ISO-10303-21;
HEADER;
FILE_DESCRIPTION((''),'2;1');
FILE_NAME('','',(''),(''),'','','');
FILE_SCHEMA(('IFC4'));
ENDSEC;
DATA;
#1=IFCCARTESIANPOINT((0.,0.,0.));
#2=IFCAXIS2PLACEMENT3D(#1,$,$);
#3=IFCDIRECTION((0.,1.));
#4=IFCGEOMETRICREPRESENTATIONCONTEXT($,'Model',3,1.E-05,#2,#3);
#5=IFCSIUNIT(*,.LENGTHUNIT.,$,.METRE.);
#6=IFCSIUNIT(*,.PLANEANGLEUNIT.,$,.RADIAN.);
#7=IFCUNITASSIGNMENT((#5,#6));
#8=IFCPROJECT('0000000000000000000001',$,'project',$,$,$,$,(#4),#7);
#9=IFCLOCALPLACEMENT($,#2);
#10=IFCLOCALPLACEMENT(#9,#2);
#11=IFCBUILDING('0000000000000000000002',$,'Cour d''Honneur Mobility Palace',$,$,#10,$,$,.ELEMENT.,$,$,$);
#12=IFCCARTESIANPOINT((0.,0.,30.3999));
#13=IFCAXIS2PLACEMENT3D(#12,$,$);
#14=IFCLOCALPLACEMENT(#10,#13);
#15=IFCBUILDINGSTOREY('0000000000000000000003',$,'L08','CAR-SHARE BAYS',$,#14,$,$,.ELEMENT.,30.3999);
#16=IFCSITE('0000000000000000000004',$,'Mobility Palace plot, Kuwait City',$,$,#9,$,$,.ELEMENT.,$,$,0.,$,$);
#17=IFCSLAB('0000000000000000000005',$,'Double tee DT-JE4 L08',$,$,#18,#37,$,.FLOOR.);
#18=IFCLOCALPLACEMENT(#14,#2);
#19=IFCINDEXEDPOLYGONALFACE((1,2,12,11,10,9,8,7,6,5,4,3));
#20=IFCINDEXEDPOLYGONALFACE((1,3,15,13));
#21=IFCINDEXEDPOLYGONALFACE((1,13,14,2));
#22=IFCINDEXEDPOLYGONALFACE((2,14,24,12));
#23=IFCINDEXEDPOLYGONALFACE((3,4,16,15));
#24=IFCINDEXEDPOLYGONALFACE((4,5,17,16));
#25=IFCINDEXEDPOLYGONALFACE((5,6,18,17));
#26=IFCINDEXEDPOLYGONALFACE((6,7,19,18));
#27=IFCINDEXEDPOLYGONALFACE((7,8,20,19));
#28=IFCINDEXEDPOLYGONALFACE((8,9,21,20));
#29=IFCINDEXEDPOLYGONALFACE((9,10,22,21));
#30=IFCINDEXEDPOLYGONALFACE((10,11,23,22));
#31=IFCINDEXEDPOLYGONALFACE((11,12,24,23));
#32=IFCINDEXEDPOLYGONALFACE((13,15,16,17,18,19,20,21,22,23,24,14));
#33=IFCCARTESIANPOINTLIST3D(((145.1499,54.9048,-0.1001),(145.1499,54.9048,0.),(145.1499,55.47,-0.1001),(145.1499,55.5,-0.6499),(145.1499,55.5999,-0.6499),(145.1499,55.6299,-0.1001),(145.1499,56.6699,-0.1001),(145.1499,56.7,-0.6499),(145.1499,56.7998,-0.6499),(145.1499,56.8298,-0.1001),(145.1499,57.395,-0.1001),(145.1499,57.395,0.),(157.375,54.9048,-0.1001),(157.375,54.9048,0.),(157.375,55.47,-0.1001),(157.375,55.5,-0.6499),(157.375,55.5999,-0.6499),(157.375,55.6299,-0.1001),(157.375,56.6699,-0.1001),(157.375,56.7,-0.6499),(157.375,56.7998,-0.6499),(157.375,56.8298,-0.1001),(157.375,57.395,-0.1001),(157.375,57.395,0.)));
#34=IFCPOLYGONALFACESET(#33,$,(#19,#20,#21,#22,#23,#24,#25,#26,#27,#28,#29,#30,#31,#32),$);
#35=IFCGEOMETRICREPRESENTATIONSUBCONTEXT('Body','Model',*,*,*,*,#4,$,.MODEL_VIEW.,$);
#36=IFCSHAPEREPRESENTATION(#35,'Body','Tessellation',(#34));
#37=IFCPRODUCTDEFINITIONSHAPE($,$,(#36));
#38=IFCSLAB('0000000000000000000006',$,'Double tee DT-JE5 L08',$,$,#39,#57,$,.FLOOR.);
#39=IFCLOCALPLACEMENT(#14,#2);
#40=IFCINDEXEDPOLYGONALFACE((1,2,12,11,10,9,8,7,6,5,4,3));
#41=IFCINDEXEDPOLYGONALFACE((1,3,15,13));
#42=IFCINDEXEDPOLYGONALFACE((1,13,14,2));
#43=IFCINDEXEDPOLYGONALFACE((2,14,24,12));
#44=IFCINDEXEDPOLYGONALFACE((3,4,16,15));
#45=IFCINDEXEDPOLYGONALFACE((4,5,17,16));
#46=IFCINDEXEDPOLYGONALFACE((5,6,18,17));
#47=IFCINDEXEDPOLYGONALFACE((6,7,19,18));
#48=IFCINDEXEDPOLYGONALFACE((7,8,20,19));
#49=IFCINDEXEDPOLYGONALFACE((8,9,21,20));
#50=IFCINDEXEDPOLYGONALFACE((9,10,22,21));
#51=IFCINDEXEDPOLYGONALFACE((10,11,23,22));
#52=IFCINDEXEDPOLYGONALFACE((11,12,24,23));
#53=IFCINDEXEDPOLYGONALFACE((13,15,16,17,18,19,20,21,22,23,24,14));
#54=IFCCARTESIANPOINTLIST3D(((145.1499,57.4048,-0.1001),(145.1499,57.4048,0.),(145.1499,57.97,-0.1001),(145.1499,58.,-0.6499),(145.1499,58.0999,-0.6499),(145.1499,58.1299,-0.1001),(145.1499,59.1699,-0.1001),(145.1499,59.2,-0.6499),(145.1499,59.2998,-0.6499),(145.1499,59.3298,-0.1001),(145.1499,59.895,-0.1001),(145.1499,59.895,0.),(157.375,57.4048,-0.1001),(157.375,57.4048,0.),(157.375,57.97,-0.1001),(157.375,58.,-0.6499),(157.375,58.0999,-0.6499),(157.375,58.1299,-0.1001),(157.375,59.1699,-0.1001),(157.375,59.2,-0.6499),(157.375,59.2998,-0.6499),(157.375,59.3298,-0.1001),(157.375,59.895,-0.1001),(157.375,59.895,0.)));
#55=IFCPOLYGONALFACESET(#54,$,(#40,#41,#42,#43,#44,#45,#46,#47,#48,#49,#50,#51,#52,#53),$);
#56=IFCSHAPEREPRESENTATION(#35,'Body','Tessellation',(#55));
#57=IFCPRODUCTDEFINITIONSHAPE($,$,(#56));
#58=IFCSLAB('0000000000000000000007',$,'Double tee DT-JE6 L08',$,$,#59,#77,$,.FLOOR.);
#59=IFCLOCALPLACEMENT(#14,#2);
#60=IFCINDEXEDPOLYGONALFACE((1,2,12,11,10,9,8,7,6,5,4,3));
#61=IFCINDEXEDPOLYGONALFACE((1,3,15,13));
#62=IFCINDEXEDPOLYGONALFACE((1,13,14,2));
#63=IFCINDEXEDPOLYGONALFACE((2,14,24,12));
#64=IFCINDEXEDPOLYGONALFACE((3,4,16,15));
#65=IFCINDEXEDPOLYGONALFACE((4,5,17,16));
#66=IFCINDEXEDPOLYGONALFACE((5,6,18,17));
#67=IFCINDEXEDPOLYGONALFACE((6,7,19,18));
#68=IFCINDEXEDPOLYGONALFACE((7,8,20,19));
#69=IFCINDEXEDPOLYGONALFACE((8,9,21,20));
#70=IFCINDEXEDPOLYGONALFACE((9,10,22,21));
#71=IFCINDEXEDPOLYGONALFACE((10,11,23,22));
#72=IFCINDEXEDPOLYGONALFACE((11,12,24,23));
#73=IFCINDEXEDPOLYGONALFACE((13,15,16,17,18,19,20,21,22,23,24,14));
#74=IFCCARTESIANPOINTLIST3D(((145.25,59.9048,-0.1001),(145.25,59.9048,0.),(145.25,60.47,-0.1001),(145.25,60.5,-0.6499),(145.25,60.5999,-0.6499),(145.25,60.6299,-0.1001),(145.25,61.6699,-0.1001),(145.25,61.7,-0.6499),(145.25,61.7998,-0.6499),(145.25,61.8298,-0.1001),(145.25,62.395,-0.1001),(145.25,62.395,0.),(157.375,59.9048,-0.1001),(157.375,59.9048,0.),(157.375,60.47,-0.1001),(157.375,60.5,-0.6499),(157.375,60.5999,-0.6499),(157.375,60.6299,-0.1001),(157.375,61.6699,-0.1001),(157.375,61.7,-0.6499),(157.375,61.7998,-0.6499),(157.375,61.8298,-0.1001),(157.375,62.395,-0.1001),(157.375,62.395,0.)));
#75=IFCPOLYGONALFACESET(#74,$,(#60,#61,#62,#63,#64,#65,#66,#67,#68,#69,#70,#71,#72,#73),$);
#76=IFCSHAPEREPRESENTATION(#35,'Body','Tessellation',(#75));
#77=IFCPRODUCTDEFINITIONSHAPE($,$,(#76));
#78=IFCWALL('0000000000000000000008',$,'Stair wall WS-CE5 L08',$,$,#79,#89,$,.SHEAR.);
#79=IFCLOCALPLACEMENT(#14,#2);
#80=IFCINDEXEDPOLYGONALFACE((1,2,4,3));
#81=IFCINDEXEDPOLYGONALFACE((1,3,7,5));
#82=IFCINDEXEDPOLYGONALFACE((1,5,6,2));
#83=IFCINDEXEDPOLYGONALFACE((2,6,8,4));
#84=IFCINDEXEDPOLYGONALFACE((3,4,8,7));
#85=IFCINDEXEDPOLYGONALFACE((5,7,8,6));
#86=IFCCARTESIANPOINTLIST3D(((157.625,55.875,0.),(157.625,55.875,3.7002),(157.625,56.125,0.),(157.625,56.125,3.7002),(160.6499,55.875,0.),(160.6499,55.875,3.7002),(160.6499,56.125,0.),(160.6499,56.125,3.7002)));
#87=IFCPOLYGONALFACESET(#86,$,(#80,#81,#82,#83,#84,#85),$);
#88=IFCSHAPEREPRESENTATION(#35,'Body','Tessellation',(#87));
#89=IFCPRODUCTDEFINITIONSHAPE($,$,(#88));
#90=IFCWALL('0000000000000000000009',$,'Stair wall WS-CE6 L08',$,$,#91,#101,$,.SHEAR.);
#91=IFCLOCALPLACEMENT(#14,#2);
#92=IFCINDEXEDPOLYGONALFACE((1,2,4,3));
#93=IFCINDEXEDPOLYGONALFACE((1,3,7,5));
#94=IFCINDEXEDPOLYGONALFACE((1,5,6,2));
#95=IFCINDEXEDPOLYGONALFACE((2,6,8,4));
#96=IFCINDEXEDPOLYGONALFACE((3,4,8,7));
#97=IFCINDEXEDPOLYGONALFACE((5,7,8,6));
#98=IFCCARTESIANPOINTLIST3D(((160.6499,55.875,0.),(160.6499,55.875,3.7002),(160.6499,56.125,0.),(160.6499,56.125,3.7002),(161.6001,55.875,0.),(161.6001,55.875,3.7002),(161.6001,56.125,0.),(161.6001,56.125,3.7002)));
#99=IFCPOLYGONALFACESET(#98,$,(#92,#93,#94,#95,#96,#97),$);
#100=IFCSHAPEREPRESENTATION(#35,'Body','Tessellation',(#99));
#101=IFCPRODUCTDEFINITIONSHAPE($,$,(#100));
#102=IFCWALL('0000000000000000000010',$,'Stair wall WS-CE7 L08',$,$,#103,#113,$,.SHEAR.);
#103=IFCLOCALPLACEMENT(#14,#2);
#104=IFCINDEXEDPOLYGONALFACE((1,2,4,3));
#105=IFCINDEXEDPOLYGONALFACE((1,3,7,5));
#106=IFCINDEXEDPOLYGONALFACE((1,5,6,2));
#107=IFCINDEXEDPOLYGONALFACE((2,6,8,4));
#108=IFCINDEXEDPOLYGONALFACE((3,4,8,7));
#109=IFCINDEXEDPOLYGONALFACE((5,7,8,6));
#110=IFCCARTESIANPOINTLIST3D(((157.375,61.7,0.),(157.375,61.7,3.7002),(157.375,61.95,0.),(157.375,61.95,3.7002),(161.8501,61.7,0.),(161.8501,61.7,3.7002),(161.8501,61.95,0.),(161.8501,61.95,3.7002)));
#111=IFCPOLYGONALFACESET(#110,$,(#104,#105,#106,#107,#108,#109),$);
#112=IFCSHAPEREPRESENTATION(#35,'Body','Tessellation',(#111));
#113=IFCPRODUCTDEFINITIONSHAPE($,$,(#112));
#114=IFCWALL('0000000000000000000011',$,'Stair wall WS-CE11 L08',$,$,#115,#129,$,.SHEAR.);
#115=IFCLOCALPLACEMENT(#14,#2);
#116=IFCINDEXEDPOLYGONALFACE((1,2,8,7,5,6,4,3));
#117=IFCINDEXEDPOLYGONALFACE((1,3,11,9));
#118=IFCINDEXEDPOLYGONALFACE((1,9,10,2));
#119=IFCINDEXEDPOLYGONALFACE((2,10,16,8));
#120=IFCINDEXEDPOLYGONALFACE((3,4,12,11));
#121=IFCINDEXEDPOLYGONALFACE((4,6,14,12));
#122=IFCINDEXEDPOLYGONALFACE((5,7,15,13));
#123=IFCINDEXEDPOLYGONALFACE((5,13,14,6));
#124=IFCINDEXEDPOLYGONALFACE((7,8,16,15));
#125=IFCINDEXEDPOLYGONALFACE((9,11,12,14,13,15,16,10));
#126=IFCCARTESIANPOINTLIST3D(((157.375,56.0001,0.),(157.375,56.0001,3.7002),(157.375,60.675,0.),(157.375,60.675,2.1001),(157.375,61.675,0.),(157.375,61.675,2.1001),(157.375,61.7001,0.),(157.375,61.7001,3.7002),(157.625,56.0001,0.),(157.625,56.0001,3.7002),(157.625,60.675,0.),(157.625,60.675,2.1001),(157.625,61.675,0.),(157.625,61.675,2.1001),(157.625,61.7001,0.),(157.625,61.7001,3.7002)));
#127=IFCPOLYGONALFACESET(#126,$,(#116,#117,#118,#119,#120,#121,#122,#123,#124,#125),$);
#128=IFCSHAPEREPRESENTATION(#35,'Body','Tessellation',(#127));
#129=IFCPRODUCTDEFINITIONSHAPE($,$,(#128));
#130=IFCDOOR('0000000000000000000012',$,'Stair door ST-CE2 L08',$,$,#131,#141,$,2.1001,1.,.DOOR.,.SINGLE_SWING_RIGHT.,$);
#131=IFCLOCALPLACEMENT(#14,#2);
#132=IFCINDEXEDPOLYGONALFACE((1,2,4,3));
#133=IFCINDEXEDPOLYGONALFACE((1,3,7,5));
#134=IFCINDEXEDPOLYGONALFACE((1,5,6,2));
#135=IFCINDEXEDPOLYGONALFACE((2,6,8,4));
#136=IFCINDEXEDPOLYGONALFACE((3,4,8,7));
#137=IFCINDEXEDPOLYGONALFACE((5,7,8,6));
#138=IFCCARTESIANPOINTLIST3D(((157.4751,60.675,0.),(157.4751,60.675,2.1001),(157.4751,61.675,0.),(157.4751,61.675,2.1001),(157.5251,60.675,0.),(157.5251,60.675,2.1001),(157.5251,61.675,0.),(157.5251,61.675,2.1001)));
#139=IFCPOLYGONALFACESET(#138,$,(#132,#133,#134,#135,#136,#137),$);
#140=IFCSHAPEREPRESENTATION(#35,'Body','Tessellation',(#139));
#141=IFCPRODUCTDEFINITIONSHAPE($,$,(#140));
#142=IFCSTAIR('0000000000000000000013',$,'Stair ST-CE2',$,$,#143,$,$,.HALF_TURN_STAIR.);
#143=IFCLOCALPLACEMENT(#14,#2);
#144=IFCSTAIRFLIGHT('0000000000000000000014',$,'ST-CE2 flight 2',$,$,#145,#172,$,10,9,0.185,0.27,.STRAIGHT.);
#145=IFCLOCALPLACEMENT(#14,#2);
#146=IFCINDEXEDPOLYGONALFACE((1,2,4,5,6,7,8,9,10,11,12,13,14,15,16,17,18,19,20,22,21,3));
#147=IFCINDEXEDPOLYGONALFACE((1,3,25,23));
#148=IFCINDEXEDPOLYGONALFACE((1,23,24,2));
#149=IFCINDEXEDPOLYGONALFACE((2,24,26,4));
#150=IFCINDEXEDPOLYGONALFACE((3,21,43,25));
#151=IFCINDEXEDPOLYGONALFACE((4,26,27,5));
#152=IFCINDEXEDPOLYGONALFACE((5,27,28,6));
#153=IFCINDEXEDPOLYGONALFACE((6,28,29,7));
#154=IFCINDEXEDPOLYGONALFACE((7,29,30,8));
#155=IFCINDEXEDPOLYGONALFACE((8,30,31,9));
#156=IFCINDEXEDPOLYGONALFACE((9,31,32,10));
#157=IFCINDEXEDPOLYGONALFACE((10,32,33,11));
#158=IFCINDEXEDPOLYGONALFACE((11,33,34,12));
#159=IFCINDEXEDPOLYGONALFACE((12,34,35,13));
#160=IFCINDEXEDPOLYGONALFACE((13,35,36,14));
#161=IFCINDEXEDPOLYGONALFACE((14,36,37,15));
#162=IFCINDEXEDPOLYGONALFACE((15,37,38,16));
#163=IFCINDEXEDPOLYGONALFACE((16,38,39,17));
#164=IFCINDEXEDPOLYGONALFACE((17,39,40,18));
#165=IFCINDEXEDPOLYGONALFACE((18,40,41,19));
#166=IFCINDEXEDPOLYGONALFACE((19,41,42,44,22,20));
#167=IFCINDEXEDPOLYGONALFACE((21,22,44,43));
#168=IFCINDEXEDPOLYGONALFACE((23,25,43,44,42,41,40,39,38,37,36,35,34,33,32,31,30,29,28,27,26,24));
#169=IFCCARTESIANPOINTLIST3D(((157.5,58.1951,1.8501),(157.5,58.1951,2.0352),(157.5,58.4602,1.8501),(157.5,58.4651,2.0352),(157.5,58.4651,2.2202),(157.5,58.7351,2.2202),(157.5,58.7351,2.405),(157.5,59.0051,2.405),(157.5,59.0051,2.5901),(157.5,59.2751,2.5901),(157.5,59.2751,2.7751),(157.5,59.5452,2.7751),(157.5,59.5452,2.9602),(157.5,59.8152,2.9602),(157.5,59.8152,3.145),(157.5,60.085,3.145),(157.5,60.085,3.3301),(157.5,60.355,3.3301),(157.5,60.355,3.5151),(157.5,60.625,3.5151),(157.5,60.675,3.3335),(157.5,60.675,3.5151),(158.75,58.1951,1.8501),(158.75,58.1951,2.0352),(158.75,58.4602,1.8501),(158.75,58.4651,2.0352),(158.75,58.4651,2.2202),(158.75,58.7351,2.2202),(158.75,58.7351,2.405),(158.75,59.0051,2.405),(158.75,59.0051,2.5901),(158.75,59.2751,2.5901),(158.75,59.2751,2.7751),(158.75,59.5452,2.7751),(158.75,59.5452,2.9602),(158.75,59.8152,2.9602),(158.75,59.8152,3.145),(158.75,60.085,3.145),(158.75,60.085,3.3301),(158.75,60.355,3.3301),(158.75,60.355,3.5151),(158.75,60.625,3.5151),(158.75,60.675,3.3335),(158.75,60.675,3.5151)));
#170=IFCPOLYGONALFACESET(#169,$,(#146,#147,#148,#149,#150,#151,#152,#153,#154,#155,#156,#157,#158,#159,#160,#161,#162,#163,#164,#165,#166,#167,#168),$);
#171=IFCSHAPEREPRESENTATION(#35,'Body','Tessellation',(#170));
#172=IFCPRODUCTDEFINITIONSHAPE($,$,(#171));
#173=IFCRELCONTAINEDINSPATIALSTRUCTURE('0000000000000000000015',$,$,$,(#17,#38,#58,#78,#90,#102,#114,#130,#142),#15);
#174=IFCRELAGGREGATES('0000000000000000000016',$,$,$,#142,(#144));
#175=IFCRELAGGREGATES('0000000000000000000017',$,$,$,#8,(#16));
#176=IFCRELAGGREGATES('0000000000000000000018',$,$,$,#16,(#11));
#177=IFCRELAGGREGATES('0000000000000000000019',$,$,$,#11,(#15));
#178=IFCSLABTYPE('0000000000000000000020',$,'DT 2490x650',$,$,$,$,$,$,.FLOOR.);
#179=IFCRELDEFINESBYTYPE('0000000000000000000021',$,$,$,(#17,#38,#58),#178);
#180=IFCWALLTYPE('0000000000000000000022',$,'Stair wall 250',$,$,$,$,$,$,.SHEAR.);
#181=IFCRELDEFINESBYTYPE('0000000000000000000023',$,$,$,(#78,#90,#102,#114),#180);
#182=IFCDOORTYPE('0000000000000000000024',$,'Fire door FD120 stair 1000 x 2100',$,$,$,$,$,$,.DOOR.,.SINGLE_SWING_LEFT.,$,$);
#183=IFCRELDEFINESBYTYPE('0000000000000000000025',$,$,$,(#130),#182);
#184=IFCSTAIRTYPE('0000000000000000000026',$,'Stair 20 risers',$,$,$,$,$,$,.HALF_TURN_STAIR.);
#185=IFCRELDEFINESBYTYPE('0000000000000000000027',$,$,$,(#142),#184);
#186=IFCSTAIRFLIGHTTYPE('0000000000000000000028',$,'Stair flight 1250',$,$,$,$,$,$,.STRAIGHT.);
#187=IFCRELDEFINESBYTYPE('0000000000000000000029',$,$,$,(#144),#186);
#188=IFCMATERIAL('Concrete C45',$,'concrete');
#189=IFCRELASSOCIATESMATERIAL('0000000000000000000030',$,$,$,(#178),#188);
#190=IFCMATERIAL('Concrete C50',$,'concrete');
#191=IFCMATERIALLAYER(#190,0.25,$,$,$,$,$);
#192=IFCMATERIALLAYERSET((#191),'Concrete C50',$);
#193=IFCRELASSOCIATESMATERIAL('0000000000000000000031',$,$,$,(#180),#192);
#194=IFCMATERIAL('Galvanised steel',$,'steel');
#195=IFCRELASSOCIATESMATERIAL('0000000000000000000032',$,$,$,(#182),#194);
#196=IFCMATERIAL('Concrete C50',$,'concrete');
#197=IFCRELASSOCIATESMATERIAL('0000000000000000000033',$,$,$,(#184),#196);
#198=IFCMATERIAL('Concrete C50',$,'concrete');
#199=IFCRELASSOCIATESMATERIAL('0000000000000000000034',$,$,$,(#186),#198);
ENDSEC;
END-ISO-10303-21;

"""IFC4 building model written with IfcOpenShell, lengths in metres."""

from ifc_helpers import new_model, si_unit, direction, frame, frame_2d, origin, place, context, subcontext, project, spatial, polyline, rectangle, outline, extrude, material, layer, layer_set, material_profile, profile_set, type_object, element, fill, aggregate, save


model = new_model("IFC4")

# Units and contexts
model_context = context("Model", 3, precision=1e-05, world=origin(), true_north=direction((0.0, 1.0)))
body_context = subcontext(model_context, "Body", "Model", "MODEL_VIEW")
ifc_project = project(units=[si_unit("LENGTHUNIT", "METRE"), si_unit("PLANEANGLEUNIT", "RADIAN")], contexts=[model_context])

# Site, building, storey
site_placement = place(None, origin())
site = spatial("IfcSite", under=ifc_project, at=site_placement, Name="Mobility Palace plot, Kuwait City", CompositionType="ELEMENT", RefElevation=0.0)
building_placement = place(site_placement, origin())
building = spatial("IfcBuilding", under=site, at=building_placement, Name="Cour d'Honneur Mobility Palace", CompositionType="ELEMENT")
storey_placement = place(building_placement, frame((0.0, 0.0, 30.3999)))
storey = spatial("IfcBuildingStorey", under=building, at=storey_placement, Name="L08", Description="CAR-SHARE BAYS", CompositionType="ELEMENT", Elevation=30.3999)

# Slabs
ifc_material_1 = material(Name="Concrete C45", Category="concrete")
ifc_material_profile_1 = material_profile(ifc_material_1, outline(polyline([(-1.2451, 0.0), (1.2451, 0.0), (1.2451, -0.1001), (0.6799, -0.1001), (0.6499, -0.6499), (0.55, -0.6499), (0.52, -0.1001), (-0.52, -0.1001), (-0.55, -0.6499), (-0.6499, -0.6499), (-0.6799, -0.1001), (-1.2451, -0.1001), (-1.2451, 0.0)])), Name="DT 2490x650")
ifc_profile_set_1 = profile_set([ifc_material_profile_1], Name="Concrete C45")
slab_type = type_object("IfcSlabType", Name="DT 2490x650", PredefinedType="FLOOR", material=ifc_profile_set_1)
for number, where, z_axis, x_axis, name in (
    (1, (145.1499, 56.1499, 0.0), (1.0, 0.0, 0.0), (0.0, 1.0, 0.0), "Double tee DT-JE4 L08"),
    (2, (145.1499, 58.6499, 0.0), (1.0, 0.0, 0.0), (0.0, 1.0, 0.0), "Double tee DT-JE5 L08"),
):
    element("IfcSlab", number, at=place(storey_placement, frame(where, z_axis=z_axis, x_axis=x_axis)), inside=storey, type_object=slab_type, Name=name, PredefinedType="FLOOR", context=body_context, shape_type="SweptSolid", body=[
        extrude(outline(polyline([(-1.2451, 0.0), (1.2451, 0.0), (1.2451, -0.1001), (0.6799, -0.1001), (0.6499, -0.6499), (0.55, -0.6499), (0.52, -0.1001), (-0.52, -0.1001), (-0.55, -0.6499), (-0.6499, -0.6499), (-0.6799, -0.1001), (-1.2451, -0.1001), (-1.2451, 0.0)])), origin(), (0.0, 0.0, 1.0), 12.2251),
    ])
slab_placement = place(storey_placement, frame((145.25, 61.1499, 0.0), z_axis=(1.0, 0.0, 0.0), x_axis=(0.0, 1.0, 0.0)))
element("IfcSlab", 3, at=slab_placement, inside=storey, type_object=slab_type, Name="Double tee DT-JE6 L08", PredefinedType="FLOOR", context=body_context, shape_type="SweptSolid", body=[
    extrude(outline(polyline([(-1.2451, 0.0), (1.2451, 0.0), (1.2451, -0.1001), (0.6799, -0.1001), (0.6499, -0.6499), (0.55, -0.6499), (0.52, -0.1001), (-0.52, -0.1001), (-0.55, -0.6499), (-0.6499, -0.6499), (-0.6799, -0.1001), (-1.2451, -0.1001), (-1.2451, 0.0)])), origin(), (0.0, 0.0, 1.0), 12.125),
])

# Walls
ifc_material_2 = material(Name="Concrete C50", Category="concrete")
ifc_layer_1 = layer(ifc_material_2, 0.25)
ifc_layer_set_1 = layer_set([ifc_layer_1], Name="Concrete C50")
wall_type = type_object("IfcWallType", Name="Stair wall 250", PredefinedType="SHEAR", material=ifc_layer_set_1)
wall_1_placement = place(storey_placement, frame((157.625, 56.0, 0.0), z_axis=(0.0, 0.0, 1.0), x_axis=(1.0, 0.0, 0.0)))
element("IfcWall", 4, at=wall_1_placement, inside=storey, type_object=wall_type, Name="Stair wall WS-CE5 L08", PredefinedType="SHEAR", context=body_context, shape_type="SweptSolid", body=[
    extrude(rectangle(XDim=3.0249, YDim=0.25, at=frame_2d((1.5125, 0.0))), origin(), (0.0, 0.0, 1.0), 3.7002),
])
wall_2_placement = place(storey_placement, frame((160.6499, 56.0, 0.0), z_axis=(0.0, 0.0, 1.0), x_axis=(1.0, 0.0, 0.0)))
element("IfcWall", 5, at=wall_2_placement, inside=storey, type_object=wall_type, Name="Stair wall WS-CE6 L08", PredefinedType="SHEAR", context=body_context, shape_type="SweptSolid", body=[
    extrude(rectangle(XDim=0.9502, YDim=0.25, at=frame_2d((0.4751, 0.0))), origin(), (0.0, 0.0, 1.0), 3.7002),
])
wall_3_placement = place(storey_placement, frame((157.375, 61.825, 0.0), z_axis=(0.0, 0.0, 1.0), x_axis=(1.0, 0.0, 0.0)))
element("IfcWall", 6, at=wall_3_placement, inside=storey, type_object=wall_type, Name="Stair wall WS-CE7 L08", PredefinedType="SHEAR", context=body_context, shape_type="SweptSolid", body=[
    extrude(rectangle(XDim=4.4751, YDim=0.25, at=frame_2d((2.2375, 0.0))), origin(), (0.0, 0.0, 1.0), 3.7002),
])

# Wall, opening, door
wall_4_placement = place(storey_placement, frame((157.5, 56.0, 0.0), z_axis=(0.0, 0.0, 1.0), x_axis=(0.0, 1.0, 0.0)))
wall_4 = element("IfcWall", 7, at=wall_4_placement, inside=storey, type_object=wall_type, Name="Stair wall WS-CE11 L08", PredefinedType="SHEAR", context=body_context, shape_type="SweptSolid", body=[
    extrude(rectangle(XDim=5.7, YDim=0.25, at=frame_2d((2.8501, 0.0))), origin(), (0.0, 0.0, 1.0), 3.7002),
])
opening_placement = place(wall_4_placement, frame((4.675, 0.0, 0.0)))
opening = element("IfcOpeningElement", 8, at=opening_placement, cuts=wall_4, PredefinedType="OPENING", context=body_context, shape_type="SweptSolid", body=[
    extrude(rectangle(XDim=1.0, YDim=2.1001, at=frame_2d((0.5, 1.05))), frame((0.0, 0.135, 0.0), z_axis=(0.0, -1.0, 0.0), x_axis=(1.0, 0.0, 0.0)), (0.0, 0.0, 1.0), 0.27),
])
ifc_material_3 = material(Name="Galvanised steel", Category="steel")
door_type = type_object("IfcDoorType", Name="Fire door FD120 stair 1000 x 2100", OperationType="SINGLE_SWING_LEFT", PredefinedType="DOOR", material=ifc_material_3)
door_placement = place(opening_placement, origin())
door = element("IfcDoor", 9, at=door_placement, inside=storey, type_object=door_type, Name="Stair door ST-CE2 L08", OperationType="SINGLE_SWING_RIGHT", OverallHeight=2.1001, OverallWidth=1.0, PredefinedType="DOOR", context=body_context, shape_type="SweptSolid", body=[
    extrude(rectangle(XDim=1.0, YDim=2.1001, at=frame_2d((0.5, 1.05))), frame((0.0, 0.0249, 0.0), z_axis=(0.0, -1.0, 0.0), x_axis=(1.0, 0.0, 0.0)), (0.0, 0.0, 1.0), 0.05),
])
fill(opening, door)

# Stair, stair flight
ifc_material_4 = material(Name="Concrete C50", Category="concrete")
stair_type = type_object("IfcStairType", Name="Stair 20 risers", PredefinedType="HALF_TURN_STAIR", material=ifc_material_4)
stair_placement = place(storey_placement, origin())
stair = element("IfcStair", 10, at=stair_placement, inside=storey, type_object=stair_type, Name="Stair ST-CE2", PredefinedType="HALF_TURN_STAIR")
ifc_material_5 = material(Name="Concrete C50", Category="concrete")
stair_flight_type = type_object("IfcStairFlightType", Name="Stair flight 1250", PredefinedType="STRAIGHT", material=ifc_material_5)
stair_flight_placement = place(storey_placement, frame((158.125, 58.1951, 1.8501), z_axis=(0.0, 0.0, 1.0), x_axis=(0.0, 1.0, 0.0)))
stair_flight = element("IfcStairFlight", 11, at=stair_flight_placement, type_object=stair_flight_type, Name="ST-CE2 flight 2", NumberOfRisers=10, NumberOfTreads=9, PredefinedType="STRAIGHT", RiserHeight=0.185, TreadLength=0.27, context=body_context, shape_type="SweptSolid", body=[
    extrude(outline(polyline([(0.0, 0.0), (0.0, 0.1851), (0.27, 0.1851), (0.27, 0.3701), (0.54, 0.3701), (0.54, 0.5549), (0.8101, 0.5549), (0.8101, 0.74), (1.0801, 0.74), (1.0801, 0.925), (1.3501, 0.925), (1.3501, 1.1101), (1.6201, 1.1101), (1.6201, 1.2949), (1.8899, 1.2949), (1.8899, 1.48), (2.1599, 1.48), (2.1599, 1.665), (2.4299, 1.665), (2.48, 1.665), (2.48, 1.4834), (0.2651, 0.0), (0.0, 0.0)])), frame((0.0, 0.625, 0.0), z_axis=(0.0, -1.0, 0.0), x_axis=(1.0, 0.0, 0.0)), (0.0, 0.0, 1.0), 1.25),
])
aggregate(stair, [stair_flight])

save(model, "model.ifc")
